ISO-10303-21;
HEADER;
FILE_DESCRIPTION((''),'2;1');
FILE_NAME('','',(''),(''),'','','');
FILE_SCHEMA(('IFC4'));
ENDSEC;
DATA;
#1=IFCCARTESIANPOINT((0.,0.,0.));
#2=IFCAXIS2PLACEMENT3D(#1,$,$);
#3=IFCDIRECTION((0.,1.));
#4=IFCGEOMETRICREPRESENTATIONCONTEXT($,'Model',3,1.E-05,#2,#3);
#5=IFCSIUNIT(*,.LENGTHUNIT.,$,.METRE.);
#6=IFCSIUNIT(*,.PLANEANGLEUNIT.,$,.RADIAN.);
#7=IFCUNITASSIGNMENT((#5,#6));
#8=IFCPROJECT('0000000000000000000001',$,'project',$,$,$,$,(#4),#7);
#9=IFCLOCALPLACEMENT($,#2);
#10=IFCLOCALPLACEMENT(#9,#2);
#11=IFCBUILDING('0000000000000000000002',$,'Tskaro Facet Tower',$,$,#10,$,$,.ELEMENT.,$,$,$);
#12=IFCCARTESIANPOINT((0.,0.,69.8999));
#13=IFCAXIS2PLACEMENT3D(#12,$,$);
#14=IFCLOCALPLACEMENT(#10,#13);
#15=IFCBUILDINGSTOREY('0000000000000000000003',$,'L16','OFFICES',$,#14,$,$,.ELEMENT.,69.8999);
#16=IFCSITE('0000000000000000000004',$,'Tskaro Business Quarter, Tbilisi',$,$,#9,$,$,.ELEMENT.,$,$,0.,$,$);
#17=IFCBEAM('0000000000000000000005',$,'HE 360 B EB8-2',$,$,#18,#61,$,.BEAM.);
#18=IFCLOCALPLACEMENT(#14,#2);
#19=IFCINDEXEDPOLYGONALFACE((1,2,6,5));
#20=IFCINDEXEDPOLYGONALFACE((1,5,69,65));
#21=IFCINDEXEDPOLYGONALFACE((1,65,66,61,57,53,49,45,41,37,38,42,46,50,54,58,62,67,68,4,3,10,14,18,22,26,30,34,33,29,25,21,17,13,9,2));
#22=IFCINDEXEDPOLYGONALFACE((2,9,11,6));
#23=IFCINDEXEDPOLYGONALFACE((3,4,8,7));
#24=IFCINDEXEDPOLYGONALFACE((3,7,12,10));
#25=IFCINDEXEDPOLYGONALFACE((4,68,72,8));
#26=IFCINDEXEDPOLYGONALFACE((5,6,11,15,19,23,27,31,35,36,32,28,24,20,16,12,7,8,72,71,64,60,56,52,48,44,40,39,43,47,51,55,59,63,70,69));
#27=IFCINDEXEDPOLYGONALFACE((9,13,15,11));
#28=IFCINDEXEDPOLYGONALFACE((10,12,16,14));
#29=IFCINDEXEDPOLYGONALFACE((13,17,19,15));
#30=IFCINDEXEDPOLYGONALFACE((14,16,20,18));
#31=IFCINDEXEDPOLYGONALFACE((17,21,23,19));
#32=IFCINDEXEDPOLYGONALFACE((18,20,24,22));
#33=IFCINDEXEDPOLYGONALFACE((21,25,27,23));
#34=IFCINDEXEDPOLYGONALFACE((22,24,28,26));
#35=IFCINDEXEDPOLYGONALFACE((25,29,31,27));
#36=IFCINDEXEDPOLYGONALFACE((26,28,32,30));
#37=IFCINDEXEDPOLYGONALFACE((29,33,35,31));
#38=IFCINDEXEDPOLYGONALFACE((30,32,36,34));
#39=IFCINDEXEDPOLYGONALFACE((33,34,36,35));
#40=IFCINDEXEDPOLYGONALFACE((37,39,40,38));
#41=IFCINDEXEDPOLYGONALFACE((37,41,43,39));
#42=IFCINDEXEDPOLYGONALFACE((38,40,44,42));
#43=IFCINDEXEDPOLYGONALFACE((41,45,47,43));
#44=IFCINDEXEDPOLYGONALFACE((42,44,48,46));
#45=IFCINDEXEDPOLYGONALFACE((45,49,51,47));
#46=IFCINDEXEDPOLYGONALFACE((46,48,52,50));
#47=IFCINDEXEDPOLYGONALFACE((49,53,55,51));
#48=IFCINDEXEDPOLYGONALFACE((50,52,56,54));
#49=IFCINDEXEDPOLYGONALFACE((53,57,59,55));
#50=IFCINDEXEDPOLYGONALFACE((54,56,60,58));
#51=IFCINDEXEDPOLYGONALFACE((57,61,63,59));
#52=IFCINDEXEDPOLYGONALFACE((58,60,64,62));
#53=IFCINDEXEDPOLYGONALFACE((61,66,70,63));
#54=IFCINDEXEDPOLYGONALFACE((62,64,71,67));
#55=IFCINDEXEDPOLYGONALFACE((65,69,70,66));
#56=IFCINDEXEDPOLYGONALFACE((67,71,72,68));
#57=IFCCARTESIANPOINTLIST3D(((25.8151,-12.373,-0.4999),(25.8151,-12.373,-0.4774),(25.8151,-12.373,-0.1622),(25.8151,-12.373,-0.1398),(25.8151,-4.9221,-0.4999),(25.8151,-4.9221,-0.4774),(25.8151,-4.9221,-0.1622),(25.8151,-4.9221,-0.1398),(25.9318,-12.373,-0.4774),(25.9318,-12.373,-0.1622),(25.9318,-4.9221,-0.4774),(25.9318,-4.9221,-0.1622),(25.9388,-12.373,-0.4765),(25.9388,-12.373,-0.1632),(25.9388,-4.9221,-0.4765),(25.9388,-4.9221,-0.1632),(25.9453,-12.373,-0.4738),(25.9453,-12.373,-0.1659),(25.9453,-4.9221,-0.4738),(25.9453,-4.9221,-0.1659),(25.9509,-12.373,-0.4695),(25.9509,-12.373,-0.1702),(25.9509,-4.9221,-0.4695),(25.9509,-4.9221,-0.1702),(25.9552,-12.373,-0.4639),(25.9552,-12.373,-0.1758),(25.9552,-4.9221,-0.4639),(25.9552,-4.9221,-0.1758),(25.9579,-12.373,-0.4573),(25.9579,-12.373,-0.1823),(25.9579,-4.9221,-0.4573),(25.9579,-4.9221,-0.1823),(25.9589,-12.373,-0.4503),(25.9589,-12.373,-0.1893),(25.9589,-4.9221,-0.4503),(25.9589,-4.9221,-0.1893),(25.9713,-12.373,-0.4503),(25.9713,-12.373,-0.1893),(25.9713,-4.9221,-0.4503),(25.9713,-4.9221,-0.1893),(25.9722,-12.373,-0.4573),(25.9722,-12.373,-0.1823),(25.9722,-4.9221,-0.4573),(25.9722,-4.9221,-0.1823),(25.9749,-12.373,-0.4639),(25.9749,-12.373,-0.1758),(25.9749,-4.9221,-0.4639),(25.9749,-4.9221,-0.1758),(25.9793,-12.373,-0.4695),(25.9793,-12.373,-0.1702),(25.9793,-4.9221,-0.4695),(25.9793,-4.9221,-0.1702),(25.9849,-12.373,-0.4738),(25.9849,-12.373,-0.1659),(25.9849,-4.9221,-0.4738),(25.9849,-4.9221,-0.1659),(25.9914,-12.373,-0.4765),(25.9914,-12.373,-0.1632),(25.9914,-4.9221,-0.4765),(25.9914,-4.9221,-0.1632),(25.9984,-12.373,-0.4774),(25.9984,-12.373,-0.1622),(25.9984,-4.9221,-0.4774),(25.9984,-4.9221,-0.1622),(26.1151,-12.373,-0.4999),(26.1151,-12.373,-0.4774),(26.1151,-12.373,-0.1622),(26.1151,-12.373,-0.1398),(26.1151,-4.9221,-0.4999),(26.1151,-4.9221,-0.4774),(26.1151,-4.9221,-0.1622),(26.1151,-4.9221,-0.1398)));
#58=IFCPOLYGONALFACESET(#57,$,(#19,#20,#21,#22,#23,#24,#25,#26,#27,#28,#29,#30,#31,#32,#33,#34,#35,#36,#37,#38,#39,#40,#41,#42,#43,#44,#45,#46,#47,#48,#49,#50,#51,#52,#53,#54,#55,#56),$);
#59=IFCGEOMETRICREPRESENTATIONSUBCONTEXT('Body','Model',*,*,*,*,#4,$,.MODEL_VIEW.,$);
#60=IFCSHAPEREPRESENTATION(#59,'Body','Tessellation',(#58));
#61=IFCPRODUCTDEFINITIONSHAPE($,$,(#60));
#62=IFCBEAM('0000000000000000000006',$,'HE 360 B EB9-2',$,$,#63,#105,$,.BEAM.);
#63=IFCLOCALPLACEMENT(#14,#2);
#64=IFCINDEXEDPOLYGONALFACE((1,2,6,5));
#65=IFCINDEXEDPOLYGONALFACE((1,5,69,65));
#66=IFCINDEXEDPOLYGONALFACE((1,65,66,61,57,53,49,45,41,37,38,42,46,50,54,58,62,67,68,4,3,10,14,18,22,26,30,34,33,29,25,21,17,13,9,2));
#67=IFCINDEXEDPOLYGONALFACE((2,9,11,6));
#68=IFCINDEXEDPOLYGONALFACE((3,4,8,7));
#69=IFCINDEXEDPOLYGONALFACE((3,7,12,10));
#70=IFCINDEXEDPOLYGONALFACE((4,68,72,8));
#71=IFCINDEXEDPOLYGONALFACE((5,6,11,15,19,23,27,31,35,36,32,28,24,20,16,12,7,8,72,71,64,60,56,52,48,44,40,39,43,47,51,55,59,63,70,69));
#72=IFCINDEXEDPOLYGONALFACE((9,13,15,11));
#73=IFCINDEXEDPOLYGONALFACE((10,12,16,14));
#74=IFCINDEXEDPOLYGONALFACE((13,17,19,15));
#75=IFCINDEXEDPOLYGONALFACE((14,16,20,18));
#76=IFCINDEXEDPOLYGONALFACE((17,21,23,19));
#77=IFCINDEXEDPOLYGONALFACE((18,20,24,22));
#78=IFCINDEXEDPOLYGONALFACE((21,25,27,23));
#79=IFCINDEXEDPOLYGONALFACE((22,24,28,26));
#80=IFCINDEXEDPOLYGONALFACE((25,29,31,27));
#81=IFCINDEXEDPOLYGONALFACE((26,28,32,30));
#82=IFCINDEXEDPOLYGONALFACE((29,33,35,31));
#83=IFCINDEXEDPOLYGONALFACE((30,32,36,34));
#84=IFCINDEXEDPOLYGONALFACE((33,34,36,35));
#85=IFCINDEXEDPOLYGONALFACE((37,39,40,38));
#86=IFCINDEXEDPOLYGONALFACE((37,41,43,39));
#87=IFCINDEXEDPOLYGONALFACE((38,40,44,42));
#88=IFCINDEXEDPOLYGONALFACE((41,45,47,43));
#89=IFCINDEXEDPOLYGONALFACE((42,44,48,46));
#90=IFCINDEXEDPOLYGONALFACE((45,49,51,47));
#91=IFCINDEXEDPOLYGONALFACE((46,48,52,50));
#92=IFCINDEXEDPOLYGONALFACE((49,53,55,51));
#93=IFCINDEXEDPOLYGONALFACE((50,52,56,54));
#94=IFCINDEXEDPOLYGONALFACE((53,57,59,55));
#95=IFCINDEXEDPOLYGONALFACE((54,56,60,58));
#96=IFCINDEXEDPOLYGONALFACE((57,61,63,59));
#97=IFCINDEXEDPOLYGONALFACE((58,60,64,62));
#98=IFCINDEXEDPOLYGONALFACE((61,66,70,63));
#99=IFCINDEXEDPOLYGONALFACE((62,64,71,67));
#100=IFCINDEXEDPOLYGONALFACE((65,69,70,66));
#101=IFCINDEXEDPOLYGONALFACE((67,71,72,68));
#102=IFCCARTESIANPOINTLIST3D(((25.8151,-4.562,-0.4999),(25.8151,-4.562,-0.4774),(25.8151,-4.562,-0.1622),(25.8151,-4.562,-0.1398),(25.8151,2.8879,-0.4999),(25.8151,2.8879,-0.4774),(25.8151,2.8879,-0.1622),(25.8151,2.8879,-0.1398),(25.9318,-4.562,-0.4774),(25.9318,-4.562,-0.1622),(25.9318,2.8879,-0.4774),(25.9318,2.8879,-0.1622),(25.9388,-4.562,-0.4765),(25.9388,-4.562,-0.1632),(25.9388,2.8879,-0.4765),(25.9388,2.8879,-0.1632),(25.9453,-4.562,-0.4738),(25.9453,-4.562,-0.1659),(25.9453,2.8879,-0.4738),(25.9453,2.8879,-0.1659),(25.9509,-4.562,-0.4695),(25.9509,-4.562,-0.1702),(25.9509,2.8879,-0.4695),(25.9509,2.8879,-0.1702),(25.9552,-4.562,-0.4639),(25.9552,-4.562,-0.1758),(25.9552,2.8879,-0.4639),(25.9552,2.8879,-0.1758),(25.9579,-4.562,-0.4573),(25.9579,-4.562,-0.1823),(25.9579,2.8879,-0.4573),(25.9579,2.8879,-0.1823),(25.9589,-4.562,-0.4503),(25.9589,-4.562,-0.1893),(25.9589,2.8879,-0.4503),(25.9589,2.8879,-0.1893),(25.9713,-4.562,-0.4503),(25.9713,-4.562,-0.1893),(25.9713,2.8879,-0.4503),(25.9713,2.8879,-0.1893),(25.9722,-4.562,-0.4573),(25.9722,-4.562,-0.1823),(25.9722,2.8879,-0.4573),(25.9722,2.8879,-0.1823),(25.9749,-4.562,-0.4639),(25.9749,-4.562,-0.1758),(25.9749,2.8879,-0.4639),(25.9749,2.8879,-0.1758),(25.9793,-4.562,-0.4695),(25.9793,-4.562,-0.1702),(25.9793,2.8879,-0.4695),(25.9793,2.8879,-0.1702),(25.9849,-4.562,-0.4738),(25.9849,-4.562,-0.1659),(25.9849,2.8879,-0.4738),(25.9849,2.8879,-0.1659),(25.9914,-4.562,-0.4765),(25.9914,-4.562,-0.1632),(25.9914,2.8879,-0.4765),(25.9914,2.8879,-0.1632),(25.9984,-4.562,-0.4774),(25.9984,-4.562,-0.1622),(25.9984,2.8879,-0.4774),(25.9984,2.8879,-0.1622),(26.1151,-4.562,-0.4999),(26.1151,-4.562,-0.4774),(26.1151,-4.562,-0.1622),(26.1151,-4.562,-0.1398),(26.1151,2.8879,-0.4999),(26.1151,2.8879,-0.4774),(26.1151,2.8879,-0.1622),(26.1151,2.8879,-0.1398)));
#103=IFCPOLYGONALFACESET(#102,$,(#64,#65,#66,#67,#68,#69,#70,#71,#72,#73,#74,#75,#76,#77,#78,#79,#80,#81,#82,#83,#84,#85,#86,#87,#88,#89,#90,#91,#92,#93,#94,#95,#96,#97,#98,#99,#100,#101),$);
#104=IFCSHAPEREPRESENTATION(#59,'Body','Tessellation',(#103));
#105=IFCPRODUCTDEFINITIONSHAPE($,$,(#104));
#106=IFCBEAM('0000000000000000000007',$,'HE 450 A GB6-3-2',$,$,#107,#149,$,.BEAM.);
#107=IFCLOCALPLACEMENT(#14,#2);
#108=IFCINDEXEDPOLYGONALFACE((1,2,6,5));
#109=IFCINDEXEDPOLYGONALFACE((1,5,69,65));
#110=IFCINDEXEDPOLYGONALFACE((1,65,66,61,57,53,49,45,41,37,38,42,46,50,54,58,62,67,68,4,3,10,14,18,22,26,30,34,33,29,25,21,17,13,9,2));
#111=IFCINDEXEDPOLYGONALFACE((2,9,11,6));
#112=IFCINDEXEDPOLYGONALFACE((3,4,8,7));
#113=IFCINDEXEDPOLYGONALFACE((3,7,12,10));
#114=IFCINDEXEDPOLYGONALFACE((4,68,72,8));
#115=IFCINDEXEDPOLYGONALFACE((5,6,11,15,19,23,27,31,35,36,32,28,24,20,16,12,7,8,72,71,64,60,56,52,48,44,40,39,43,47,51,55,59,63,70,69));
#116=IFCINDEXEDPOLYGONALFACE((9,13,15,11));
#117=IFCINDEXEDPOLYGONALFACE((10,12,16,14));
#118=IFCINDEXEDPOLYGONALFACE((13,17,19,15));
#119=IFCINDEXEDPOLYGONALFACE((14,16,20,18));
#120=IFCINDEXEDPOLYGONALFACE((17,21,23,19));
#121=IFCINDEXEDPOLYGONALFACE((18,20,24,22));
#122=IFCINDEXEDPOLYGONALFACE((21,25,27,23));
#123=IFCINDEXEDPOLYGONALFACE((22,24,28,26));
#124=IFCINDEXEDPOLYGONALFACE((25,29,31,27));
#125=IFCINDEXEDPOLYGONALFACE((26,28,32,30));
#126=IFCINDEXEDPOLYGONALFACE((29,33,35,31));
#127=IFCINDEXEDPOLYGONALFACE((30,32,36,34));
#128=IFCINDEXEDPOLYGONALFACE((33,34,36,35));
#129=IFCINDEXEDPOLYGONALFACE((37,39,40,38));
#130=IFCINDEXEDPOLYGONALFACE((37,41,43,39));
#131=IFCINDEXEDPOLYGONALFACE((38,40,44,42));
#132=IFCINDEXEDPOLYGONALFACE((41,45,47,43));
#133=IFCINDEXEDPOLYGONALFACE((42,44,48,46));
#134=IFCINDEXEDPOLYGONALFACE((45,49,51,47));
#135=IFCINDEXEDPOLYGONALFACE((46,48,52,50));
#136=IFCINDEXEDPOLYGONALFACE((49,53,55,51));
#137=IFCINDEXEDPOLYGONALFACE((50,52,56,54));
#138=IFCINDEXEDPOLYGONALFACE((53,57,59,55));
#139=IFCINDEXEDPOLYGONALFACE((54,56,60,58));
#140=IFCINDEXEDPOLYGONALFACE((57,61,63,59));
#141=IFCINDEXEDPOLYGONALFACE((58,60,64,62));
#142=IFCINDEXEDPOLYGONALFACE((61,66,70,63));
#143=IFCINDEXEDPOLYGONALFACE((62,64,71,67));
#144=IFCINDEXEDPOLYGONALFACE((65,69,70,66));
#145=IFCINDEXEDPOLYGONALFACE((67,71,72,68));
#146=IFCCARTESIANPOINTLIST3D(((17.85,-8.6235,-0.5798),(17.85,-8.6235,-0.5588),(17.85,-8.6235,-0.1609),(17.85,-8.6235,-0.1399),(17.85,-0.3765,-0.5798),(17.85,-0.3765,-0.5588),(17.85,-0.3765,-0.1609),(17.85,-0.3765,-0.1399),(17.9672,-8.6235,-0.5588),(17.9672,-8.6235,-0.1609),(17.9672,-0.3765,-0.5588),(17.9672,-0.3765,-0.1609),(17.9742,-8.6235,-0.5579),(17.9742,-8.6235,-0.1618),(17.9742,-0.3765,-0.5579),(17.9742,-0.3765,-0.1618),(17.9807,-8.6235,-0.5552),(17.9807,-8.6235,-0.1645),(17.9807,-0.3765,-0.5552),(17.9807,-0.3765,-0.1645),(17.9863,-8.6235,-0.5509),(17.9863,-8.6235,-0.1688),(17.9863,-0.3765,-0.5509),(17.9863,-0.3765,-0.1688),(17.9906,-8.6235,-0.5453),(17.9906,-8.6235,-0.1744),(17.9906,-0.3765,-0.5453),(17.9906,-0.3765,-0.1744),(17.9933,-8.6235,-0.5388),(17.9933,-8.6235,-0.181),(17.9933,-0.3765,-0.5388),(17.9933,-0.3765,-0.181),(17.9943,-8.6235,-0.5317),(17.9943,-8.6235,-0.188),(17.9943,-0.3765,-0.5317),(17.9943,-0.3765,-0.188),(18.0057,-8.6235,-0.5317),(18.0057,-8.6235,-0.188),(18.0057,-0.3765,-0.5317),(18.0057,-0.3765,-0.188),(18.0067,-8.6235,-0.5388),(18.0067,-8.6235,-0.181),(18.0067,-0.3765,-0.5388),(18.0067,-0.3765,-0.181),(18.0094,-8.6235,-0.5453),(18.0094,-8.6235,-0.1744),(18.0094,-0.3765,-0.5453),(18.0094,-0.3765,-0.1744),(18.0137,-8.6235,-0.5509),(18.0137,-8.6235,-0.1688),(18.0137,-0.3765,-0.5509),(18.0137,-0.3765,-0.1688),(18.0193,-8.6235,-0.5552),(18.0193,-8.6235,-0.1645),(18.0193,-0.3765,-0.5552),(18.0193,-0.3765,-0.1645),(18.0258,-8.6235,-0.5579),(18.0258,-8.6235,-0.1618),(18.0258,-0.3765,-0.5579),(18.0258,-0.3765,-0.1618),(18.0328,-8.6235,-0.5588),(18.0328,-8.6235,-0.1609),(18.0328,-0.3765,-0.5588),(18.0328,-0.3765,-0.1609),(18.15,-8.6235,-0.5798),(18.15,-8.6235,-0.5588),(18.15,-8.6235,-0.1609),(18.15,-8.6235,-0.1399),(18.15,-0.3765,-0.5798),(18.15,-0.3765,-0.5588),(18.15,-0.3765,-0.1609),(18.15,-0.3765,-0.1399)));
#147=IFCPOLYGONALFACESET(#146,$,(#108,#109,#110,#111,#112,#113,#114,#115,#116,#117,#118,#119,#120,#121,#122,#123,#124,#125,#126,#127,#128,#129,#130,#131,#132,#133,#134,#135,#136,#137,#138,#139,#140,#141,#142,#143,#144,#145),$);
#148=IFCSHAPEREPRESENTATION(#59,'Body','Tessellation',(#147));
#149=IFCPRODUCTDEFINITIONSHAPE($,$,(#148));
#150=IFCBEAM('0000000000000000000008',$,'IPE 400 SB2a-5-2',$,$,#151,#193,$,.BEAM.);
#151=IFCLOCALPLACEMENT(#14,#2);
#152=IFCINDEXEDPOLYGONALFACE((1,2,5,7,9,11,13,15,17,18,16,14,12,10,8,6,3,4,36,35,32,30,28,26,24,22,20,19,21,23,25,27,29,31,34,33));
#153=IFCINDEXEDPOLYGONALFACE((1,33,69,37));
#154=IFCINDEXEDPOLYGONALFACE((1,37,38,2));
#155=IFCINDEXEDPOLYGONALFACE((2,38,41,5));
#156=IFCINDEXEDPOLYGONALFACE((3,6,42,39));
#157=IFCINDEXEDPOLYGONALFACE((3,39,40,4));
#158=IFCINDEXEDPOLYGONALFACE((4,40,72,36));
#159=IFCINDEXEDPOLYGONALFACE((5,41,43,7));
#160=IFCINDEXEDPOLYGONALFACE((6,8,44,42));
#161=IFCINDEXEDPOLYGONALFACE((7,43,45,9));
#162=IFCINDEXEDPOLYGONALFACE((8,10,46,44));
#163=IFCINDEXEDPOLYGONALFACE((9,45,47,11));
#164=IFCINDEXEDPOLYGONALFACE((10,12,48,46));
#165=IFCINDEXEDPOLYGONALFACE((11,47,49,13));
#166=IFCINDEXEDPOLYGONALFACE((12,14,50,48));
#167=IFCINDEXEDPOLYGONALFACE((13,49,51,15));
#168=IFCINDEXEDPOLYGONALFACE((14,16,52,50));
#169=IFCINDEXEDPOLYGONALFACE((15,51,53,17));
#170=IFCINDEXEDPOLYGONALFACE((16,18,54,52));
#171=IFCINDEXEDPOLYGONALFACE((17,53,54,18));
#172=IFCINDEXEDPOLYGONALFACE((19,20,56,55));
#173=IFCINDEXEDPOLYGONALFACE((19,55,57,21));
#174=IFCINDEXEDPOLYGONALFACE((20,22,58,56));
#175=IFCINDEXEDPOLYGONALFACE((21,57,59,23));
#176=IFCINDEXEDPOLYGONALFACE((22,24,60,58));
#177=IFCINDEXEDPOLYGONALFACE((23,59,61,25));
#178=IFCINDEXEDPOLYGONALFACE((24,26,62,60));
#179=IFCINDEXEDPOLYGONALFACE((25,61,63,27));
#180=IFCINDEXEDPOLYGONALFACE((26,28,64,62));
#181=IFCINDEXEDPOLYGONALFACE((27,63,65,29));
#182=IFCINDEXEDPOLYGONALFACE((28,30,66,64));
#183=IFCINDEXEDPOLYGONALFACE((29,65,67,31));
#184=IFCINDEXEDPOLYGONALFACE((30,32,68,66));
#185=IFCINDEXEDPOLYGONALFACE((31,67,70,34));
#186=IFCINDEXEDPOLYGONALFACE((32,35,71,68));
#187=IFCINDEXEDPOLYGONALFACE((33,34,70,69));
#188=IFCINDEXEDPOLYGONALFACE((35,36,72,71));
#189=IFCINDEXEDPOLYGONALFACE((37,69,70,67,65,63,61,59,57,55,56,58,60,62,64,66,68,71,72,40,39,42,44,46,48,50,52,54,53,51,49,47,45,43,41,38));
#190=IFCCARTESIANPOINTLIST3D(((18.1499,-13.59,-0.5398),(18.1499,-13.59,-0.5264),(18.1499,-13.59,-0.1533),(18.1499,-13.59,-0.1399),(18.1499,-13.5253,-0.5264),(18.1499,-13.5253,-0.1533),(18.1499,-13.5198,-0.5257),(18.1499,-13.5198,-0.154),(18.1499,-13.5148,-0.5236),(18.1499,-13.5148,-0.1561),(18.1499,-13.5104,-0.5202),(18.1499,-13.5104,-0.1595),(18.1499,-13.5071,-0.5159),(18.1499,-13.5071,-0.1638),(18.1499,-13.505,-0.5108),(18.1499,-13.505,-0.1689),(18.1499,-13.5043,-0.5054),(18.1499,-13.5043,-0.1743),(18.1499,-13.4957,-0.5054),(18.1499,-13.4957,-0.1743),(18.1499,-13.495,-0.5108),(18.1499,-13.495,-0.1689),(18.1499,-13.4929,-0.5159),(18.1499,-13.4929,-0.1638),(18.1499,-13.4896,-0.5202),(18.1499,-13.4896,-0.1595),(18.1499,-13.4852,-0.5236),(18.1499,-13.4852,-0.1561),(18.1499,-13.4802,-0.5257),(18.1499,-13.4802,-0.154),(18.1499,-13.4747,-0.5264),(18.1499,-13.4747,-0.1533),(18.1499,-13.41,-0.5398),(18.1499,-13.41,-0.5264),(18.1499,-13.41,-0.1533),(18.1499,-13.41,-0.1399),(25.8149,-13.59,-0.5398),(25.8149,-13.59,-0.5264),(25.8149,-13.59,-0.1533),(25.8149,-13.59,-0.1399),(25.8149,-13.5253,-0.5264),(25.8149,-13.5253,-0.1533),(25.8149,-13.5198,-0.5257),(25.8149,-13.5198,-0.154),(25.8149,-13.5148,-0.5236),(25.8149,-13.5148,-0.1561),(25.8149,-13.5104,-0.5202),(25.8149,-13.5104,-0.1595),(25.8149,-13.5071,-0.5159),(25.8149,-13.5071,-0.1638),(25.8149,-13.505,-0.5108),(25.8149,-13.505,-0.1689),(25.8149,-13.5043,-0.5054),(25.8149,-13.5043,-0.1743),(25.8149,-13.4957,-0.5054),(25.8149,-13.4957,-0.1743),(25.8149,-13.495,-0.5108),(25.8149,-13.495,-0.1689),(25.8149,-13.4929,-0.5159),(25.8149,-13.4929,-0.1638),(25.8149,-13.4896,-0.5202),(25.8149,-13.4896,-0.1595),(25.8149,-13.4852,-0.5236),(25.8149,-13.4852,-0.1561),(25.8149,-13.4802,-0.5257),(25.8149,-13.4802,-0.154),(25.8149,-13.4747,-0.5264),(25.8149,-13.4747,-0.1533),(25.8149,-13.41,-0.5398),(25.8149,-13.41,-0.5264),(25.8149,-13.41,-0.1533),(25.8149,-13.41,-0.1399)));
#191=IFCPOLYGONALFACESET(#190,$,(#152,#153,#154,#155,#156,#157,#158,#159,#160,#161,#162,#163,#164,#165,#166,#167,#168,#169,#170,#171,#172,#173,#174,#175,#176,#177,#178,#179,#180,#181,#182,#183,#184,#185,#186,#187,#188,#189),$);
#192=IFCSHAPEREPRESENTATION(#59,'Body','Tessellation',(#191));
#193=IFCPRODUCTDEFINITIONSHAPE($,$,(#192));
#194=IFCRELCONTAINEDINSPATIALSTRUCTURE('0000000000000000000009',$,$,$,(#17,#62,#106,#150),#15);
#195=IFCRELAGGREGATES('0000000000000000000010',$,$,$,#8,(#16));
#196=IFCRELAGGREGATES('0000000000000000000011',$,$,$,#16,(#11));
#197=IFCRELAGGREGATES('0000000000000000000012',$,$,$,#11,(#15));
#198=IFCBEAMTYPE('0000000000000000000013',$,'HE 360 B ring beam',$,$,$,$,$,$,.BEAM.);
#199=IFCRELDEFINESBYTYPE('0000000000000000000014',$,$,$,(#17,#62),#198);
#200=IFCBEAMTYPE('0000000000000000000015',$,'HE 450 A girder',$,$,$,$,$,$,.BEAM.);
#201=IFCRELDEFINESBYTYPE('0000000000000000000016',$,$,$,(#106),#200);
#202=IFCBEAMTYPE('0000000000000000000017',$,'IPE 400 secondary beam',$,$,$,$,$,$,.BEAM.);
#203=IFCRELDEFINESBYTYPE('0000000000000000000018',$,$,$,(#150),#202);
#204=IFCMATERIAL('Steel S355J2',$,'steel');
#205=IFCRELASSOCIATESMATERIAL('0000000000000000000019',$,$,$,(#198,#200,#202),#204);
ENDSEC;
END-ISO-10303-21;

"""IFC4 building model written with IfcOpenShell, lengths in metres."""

from ifc_helpers import new_model, si_unit, direction, frame, origin, origin_2d, place, context, subcontext, project, spatial, i_section, extrude, material, material_profile, profile_set, type_object, element, save


model = new_model("IFC4")

# Units and contexts
model_context = context("Model", 3, precision=1e-05, world=origin(), true_north=direction((0.0, 1.0)))
body_context = subcontext(model_context, "Body", "Model", "MODEL_VIEW")
ifc_project = project(units=[si_unit("LENGTHUNIT", "METRE"), si_unit("PLANEANGLEUNIT", "RADIAN")], contexts=[model_context])

# Site, building, storey
site_placement = place(None, origin())
site = spatial("IfcSite", under=ifc_project, at=site_placement, Name="Tskaro Business Quarter, Tbilisi", CompositionType="ELEMENT", RefElevation=0.0)
building_placement = place(site_placement, origin())
building = spatial("IfcBuilding", under=site, at=building_placement, Name="Tskaro Facet Tower", CompositionType="ELEMENT")
storey_placement = place(building_placement, frame((0.0, 0.0, 69.8999)))
storey = spatial("IfcBuildingStorey", under=building, at=storey_placement, Name="L16", Description="OFFICES", CompositionType="ELEMENT", Elevation=69.8999)

# Beams
ifc_material_1 = material(Name="Steel S355J2", Category="steel")
ifc_material_profile_1 = material_profile(ifc_material_1, i_section(OverallWidth=0.3, OverallDepth=0.3601, WebThickness=0.0125, FlangeThickness=0.0225, FilletRadius=0.0271, at=origin_2d()), Name="HE 360 B")
ifc_profile_set_1 = profile_set([ifc_material_profile_1], Name="Steel S355J2")
beam_type_1 = type_object("IfcBeamType", Name="HE 360 B ring beam", PredefinedType="BEAM", material=ifc_profile_set_1)
beam_1_placement = place(storey_placement, frame((25.9651, -12.373, -0.3198), z_axis=(0.0, 1.0, 0.0), x_axis=(-1.0, 0.0, 0.0)))
element("IfcBeam", 1, at=beam_1_placement, inside=storey, type_object=beam_type_1, Name="HE 360 B EB8-2", PredefinedType="BEAM", context=body_context, shape_type="SweptSolid", body=[
    extrude(i_section(OverallWidth=0.3, OverallDepth=0.3601, WebThickness=0.0125, FlangeThickness=0.0225, FilletRadius=0.0271, at=origin_2d()), origin(), (0.0, 0.0, 1.0), 7.4509),
])
beam_2_placement = place(storey_placement, frame((25.9651, -4.562, -0.3198), z_axis=(0.0, 1.0, 0.0), x_axis=(-1.0, 0.0, 0.0)))
element("IfcBeam", 2, at=beam_2_placement, inside=storey, type_object=beam_type_1, Name="HE 360 B EB9-2", PredefinedType="BEAM", context=body_context, shape_type="SweptSolid", body=[
    extrude(i_section(OverallWidth=0.3, OverallDepth=0.3601, WebThickness=0.0125, FlangeThickness=0.0225, FilletRadius=0.0271, at=origin_2d()), origin(), (0.0, 0.0, 1.0), 7.45),
])
ifc_material_profile_2 = material_profile(ifc_material_1, i_section(OverallWidth=0.3, OverallDepth=0.4399, WebThickness=0.0115, FlangeThickness=0.021, FilletRadius=0.0271, at=origin_2d()), Name="HE 450 A")
ifc_profile_set_2 = profile_set([ifc_material_profile_2], Name="Steel S355J2")
beam_type_2 = type_object("IfcBeamType", Name="HE 450 A girder", PredefinedType="BEAM", material=ifc_profile_set_2)
beam_3_placement = place(storey_placement, frame((18.0, -8.6235, -0.3599), z_axis=(0.0, 1.0, 0.0), x_axis=(-1.0, 0.0, 0.0)))
element("IfcBeam", 3, at=beam_3_placement, inside=storey, type_object=beam_type_2, Name="HE 450 A GB6-3-2", PredefinedType="BEAM", context=body_context, shape_type="SweptSolid", body=[
    extrude(i_section(OverallWidth=0.3, OverallDepth=0.4399, WebThickness=0.0115, FlangeThickness=0.021, FilletRadius=0.0271, at=origin_2d()), origin(), (0.0, 0.0, 1.0), 8.2471),
])
ifc_material_profile_3 = material_profile(ifc_material_1, i_section(OverallWidth=0.1799, OverallDepth=0.3999, WebThickness=0.0085, FlangeThickness=0.0134, FilletRadius=0.021, at=origin_2d()), Name="IPE 400")
ifc_profile_set_3 = profile_set([ifc_material_profile_3], Name="Steel S355J2")
beam_type_3 = type_object("IfcBeamType", Name="IPE 400 secondary beam", PredefinedType="BEAM", material=ifc_profile_set_3)
for number, where, z_axis, x_axis, name in (
    (4, (18.1499, -13.5, -0.3398), (1.0, 0.0, 0.0), (0.0, 1.0, 0.0), "IPE 400 SB2a-5-2"),
):
    element("IfcBeam", number, at=place(storey_placement, frame(where, z_axis=z_axis, x_axis=x_axis)), inside=storey, type_object=beam_type_3, Name=name, PredefinedType="BEAM", context=body_context, shape_type="SweptSolid", body=[
        extrude(i_section(OverallWidth=0.1799, OverallDepth=0.3999, WebThickness=0.0085, FlangeThickness=0.0134, FilletRadius=0.021, at=origin_2d()), origin(), (0.0, 0.0, 1.0), 7.665),
    ])

save(model, "model.ifc")
